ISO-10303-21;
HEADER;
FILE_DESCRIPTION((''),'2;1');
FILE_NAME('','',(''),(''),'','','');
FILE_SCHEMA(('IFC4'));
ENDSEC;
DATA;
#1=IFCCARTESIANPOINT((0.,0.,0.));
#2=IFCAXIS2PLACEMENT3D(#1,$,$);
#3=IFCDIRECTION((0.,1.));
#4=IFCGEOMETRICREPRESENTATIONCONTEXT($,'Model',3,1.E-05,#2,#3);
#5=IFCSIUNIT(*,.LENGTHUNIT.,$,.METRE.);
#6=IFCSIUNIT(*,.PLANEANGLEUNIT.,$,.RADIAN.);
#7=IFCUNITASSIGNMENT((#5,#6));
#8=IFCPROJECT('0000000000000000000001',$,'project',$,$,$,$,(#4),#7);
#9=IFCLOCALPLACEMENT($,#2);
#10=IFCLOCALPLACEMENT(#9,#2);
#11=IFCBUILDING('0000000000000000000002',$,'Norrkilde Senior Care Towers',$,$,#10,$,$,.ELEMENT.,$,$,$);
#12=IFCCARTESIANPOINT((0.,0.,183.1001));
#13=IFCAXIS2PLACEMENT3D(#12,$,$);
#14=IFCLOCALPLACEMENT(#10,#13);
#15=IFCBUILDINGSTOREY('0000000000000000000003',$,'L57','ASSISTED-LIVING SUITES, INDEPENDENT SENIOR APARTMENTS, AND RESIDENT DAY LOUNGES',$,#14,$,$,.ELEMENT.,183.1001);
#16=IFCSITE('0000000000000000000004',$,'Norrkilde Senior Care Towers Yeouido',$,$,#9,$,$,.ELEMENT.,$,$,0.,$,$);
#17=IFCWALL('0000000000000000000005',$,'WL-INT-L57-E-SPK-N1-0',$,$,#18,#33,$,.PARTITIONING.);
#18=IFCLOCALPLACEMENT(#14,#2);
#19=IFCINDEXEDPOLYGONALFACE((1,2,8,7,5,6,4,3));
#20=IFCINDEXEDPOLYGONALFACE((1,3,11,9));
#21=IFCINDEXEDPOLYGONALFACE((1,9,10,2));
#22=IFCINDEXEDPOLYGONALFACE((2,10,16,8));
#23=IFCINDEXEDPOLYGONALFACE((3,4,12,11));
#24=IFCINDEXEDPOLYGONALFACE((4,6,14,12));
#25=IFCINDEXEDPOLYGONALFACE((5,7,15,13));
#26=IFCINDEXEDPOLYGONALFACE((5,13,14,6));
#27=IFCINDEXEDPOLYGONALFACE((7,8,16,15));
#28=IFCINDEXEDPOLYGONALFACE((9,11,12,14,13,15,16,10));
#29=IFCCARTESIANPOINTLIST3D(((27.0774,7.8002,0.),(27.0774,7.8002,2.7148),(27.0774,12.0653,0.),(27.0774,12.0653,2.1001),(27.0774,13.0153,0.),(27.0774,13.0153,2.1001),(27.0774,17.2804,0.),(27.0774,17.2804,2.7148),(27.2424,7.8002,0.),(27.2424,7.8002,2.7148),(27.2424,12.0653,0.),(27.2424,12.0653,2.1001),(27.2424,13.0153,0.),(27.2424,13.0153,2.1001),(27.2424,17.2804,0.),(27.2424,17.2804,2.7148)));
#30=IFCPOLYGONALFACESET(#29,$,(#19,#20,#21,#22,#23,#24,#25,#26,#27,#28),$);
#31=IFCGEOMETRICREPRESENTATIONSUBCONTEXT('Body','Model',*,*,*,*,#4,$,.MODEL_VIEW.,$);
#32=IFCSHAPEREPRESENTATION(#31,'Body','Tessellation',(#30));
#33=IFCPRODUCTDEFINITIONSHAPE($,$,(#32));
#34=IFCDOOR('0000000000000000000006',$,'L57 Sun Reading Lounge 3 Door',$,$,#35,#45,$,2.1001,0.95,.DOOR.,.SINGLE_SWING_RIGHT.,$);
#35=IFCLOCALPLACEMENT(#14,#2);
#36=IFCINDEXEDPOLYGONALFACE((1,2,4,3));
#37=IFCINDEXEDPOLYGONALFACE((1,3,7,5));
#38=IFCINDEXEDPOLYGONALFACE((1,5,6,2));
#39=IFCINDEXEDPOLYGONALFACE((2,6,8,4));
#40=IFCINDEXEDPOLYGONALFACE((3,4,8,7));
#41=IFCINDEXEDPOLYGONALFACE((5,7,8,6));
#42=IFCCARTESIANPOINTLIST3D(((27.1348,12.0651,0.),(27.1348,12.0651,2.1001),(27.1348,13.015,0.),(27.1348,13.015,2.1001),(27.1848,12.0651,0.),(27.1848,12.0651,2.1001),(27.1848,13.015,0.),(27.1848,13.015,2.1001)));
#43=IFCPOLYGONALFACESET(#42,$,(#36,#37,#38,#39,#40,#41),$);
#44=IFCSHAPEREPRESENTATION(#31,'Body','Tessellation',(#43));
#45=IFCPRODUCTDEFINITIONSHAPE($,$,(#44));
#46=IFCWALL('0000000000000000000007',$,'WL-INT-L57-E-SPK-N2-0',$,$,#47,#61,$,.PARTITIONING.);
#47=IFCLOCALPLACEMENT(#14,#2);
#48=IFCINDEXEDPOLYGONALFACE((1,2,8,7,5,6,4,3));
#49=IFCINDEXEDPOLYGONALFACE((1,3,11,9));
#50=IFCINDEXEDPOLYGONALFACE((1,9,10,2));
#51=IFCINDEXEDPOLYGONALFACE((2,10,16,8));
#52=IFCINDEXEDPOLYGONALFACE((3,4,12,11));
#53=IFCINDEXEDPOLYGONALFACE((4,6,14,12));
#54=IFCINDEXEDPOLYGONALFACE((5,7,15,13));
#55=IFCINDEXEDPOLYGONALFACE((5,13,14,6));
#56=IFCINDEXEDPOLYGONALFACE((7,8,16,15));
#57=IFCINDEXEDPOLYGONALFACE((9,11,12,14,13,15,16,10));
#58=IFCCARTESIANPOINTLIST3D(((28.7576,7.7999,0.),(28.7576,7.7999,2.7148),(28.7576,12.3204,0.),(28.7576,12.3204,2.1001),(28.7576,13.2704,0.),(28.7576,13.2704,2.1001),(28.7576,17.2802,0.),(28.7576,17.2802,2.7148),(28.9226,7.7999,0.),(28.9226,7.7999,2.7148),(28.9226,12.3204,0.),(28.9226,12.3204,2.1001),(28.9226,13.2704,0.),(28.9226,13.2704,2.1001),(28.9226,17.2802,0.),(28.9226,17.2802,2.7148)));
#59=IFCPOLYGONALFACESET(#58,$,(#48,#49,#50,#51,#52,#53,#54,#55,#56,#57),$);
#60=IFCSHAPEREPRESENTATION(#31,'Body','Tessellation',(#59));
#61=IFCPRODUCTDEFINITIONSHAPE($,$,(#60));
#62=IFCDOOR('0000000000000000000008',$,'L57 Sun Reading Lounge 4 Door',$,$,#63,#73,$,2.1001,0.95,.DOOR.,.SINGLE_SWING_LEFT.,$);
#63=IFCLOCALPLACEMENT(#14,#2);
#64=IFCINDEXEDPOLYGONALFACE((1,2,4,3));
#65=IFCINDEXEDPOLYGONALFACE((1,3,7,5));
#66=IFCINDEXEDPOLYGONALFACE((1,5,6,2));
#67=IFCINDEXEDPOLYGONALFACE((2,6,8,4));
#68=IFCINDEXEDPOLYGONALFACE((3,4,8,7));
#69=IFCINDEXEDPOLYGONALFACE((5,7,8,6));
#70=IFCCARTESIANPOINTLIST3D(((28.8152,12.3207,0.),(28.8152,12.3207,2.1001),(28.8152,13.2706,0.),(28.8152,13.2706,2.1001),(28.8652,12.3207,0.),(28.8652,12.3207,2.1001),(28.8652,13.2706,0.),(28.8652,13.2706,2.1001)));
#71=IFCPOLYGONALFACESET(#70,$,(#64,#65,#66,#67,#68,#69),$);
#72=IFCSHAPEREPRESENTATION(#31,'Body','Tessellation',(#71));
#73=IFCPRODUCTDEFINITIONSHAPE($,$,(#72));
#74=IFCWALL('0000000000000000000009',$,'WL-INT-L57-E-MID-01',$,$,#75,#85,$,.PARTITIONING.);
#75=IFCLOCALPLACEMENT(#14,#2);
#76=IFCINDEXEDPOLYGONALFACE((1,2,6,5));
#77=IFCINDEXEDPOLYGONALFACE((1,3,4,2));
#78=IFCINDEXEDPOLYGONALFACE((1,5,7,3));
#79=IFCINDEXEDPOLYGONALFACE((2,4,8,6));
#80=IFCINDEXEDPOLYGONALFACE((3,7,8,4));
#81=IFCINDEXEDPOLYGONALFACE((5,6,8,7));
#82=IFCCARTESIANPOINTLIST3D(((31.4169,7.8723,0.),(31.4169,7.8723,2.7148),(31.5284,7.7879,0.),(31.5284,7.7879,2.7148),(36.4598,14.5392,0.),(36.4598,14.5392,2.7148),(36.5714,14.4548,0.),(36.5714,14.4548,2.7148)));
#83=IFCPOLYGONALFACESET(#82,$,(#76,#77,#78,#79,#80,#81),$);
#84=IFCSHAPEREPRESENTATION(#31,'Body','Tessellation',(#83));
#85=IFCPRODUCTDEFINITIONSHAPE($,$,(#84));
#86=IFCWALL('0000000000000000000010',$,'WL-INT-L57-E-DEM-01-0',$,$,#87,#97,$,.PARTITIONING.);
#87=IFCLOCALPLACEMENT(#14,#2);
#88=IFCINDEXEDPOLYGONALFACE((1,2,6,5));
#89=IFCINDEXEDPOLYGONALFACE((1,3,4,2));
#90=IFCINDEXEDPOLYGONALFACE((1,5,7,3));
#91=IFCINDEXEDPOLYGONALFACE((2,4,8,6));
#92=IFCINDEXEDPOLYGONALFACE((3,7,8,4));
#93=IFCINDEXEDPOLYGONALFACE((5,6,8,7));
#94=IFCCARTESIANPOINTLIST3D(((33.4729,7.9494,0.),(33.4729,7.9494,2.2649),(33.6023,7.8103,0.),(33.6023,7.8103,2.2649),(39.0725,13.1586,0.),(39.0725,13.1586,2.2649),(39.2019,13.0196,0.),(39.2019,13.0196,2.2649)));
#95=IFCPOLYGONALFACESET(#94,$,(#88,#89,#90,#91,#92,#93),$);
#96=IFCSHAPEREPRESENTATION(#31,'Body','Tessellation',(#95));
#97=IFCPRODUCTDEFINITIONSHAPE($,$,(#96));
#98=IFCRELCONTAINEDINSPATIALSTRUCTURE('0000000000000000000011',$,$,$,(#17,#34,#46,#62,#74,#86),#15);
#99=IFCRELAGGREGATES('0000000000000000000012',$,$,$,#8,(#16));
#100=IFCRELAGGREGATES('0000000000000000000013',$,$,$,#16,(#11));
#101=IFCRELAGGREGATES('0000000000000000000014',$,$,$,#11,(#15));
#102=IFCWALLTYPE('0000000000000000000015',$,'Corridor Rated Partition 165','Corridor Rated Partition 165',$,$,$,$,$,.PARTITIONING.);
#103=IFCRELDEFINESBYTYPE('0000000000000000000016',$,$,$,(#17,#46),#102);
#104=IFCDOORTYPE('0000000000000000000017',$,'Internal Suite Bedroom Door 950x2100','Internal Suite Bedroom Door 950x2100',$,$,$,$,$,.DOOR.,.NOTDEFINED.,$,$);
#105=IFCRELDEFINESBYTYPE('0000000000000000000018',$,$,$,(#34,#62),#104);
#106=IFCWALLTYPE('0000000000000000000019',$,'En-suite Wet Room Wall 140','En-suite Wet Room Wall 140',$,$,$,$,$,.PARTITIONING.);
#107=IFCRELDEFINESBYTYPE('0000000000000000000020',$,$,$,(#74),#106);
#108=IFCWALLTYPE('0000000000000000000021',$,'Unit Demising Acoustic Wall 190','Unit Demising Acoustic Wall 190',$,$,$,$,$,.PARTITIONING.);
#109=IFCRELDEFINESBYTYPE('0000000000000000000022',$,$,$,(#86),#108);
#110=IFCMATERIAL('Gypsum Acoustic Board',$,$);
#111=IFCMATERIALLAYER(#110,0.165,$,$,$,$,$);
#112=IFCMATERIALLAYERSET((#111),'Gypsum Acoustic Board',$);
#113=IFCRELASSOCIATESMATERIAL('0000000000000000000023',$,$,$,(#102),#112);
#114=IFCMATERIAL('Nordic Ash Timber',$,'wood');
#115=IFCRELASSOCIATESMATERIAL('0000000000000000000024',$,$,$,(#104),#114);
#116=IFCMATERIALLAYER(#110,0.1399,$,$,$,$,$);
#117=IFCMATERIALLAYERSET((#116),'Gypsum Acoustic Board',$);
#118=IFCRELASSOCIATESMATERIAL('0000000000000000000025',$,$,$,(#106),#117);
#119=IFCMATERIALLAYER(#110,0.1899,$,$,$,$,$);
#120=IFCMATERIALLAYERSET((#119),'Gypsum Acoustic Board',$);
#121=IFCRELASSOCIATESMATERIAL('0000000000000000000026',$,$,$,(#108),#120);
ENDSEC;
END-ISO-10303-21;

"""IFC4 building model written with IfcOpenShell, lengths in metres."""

from ifc_helpers import new_model, si_unit, direction, frame, frame_2d, origin, place, context, subcontext, project, spatial, rectangle, extrude, source, transform, mapped, material, layer, layer_set, type_object, type_shapes, element, fill, save


model = new_model("IFC4")

# Units and contexts
model_context = context("Model", 3, precision=1e-05, world=origin(), true_north=direction((0.0, 1.0)))
body_context = subcontext(model_context, "Body", "Model", "MODEL_VIEW")
ifc_project = project(units=[si_unit("LENGTHUNIT", "METRE"), si_unit("PLANEANGLEUNIT", "RADIAN")], contexts=[model_context])

# Site, building, storey
site_placement = place(None, origin())
site = spatial("IfcSite", under=ifc_project, at=site_placement, Name="Norrkilde Senior Care Towers Yeouido", CompositionType="ELEMENT", RefElevation=0.0)
building_placement = place(site_placement, origin())
building = spatial("IfcBuilding", under=site, at=building_placement, Name="Norrkilde Senior Care Towers", CompositionType="ELEMENT")
storey_placement = place(building_placement, frame((0.0, 0.0, 183.1001)))
storey = spatial("IfcBuildingStorey", under=building, at=storey_placement, Name="L57", Description="ASSISTED-LIVING SUITES, INDEPENDENT SENIOR APARTMENTS, AND RESIDENT DAY LOUNGES", CompositionType="ELEMENT", Elevation=183.1001)

# Shared definitions
ifc_material_1 = material(Name="Gypsum Acoustic Board")
ifc_layer_1 = layer(ifc_material_1, 0.165)
ifc_layer_set_1 = layer_set([ifc_layer_1], Name="Gypsum Acoustic Board")
wall_type_1 = type_object("IfcWallType", Name="Corridor Rated Partition 165", Description="Corridor Rated Partition 165", PredefinedType="PARTITIONING", material=ifc_layer_set_1)
ifc_material_2 = material(Name="Nordic Ash Timber", Category="wood")

# Walls, openings, doors
shared_shape_1 = source(origin(), body_context, "Body", "SweptSolid", [
    extrude(rectangle(XDim=9.4802, YDim=0.165, at=frame_2d((4.7402, 0.0))), origin(), (0.0, 0.0, 1.0), 2.7148),
])
wall_1_placement = place(storey_placement, frame((27.1599, 7.8, 0.0), z_axis=(0.0, 0.0, 1.0), x_axis=(0.0, 1.0, 0.0)))
wall_1 = element("IfcWall", 1, at=wall_1_placement, inside=storey, type_object=wall_type_1, Name="WL-INT-L57-E-SPK-N1-0", PredefinedType="PARTITIONING", context=body_context, shape_type="MappedRepresentation", body=[
    mapped(shared_shape_1, transform((0.0, 0.0, 0.0), x_axis=(1.0, 0.0, 0.0), y_axis=(0.0, 1.0, 0.0), z_axis=(0.0, 0.0, 1.0), scale=1.0)),
])
opening_1_placement = place(wall_1_placement, frame((4.2651, 0.0, 0.0)))
opening_1 = element("IfcOpeningElement", 2, at=opening_1_placement, cuts=wall_1, PredefinedType="OPENING", context=body_context, shape_type="SweptSolid", body=[
    extrude(rectangle(XDim=0.95, YDim=2.1001, at=frame_2d((0.4751, 1.05))), frame((0.0, 0.0925, 0.0), z_axis=(0.0, -1.0, 0.0), x_axis=(1.0, 0.0, 0.0)), (0.0, 0.0, 1.0), 0.1851),
])
door_type_1 = type_object("IfcDoorType", Name="Internal Suite Bedroom Door 950x2100", Description="Internal Suite Bedroom Door 950x2100", OperationType="NOTDEFINED", PredefinedType="DOOR", material=ifc_material_2)
shared_shape_2 = source(origin(), body_context, "Body", "SweptSolid", [
    extrude(rectangle(XDim=0.95, YDim=2.1001, at=frame_2d((0.4751, 1.05))), frame((0.0, 0.0249, 0.0), z_axis=(0.0, -1.0, 0.0), x_axis=(1.0, 0.0, 0.0)), (0.0, 0.0, 1.0), 0.05),
])
type_shapes(door_type_1, [shared_shape_2])
door_1_placement = place(opening_1_placement, frame((0.95, 0.0, 0.0), z_axis=(0.0, 0.0, 1.0), x_axis=(-1.0, 0.0, 0.0)))
door_1 = element("IfcDoor", 3, at=door_1_placement, inside=storey, type_object=door_type_1, Name="L57 Sun Reading Lounge 3 Door", OperationType="SINGLE_SWING_RIGHT", OverallHeight=2.1001, OverallWidth=0.95, PredefinedType="DOOR", context=body_context, shape_type="MappedRepresentation", body=[
    mapped(shared_shape_2, transform((0.0, 0.0, 0.0), x_axis=(1.0, 0.0, 0.0), y_axis=(0.0, 1.0, 0.0), z_axis=(0.0, 0.0, 1.0), scale=1.0)),
])
fill(opening_1, door_1)
wall_2_placement = place(storey_placement, frame((28.8401, 17.2803, 0.0), z_axis=(0.0, 0.0, 1.0), x_axis=(0.0, -1.0, 0.0)))
wall_2 = element("IfcWall", 4, at=wall_2_placement, inside=storey, type_object=wall_type_1, Name="WL-INT-L57-E-SPK-N2-0", PredefinedType="PARTITIONING", context=body_context, shape_type="MappedRepresentation", body=[
    mapped(shared_shape_1, transform((0.0, 0.0, 0.0), x_axis=(1.0, 0.0, 0.0), y_axis=(0.0, 1.0, 0.0), z_axis=(0.0, 0.0, 1.0), scale=1.0)),
])
opening_2_placement = place(wall_2_placement, frame((4.0098, 0.0, 0.0)))
opening_2 = element("IfcOpeningElement", 5, at=opening_2_placement, cuts=wall_2, PredefinedType="OPENING", context=body_context, shape_type="SweptSolid", body=[
    extrude(rectangle(XDim=0.95, YDim=2.1001, at=frame_2d((0.4751, 1.05))), frame((0.0, 0.0925, 0.0), z_axis=(0.0, -1.0, 0.0), x_axis=(1.0, 0.0, 0.0)), (0.0, 0.0, 1.0), 0.1851),
])
door_2_placement = place(opening_2_placement, frame((0.95, 0.0, 0.0), z_axis=(0.0, 0.0, 1.0), x_axis=(-1.0, 0.0, 0.0)))
door_2 = element("IfcDoor", 6, at=door_2_placement, inside=storey, type_object=door_type_1, Name="L57 Sun Reading Lounge 4 Door", OperationType="SINGLE_SWING_LEFT", OverallHeight=2.1001, OverallWidth=0.95, PredefinedType="DOOR", context=body_context, shape_type="MappedRepresentation", body=[
    mapped(shared_shape_2, transform((0.0, 0.0, 0.0), x_axis=(1.0, 0.0, 0.0), y_axis=(0.0, 1.0, 0.0), z_axis=(0.0, 0.0, 1.0), scale=1.0)),
])
fill(opening_2, door_2)

# Walls
ifc_layer_2 = layer(ifc_material_1, 0.1399)
ifc_layer_set_2 = layer_set([ifc_layer_2], Name="Gypsum Acoustic Board")
wall_type_2 = type_object("IfcWallType", Name="En-suite Wet Room Wall 140", Description="En-suite Wet Room Wall 140", PredefinedType="PARTITIONING", material=ifc_layer_set_2)
shared_shape_3 = source(origin(), body_context, "Body", "SweptSolid", [
    extrude(rectangle(XDim=8.3594, YDim=0.1399, at=frame_2d((4.1797, 0.0))), origin(), (0.0, 0.0, 1.0), 2.7148),
])
type_shapes(wall_type_2, [shared_shape_3])
wall_3_placement = place(storey_placement, frame((31.4727, 7.8301, 0.0), z_axis=(0.0, 0.0, 1.0), x_axis=(0.603266, 0.79754, 0.0)))
element("IfcWall", 7, at=wall_3_placement, inside=storey, type_object=wall_type_2, Name="WL-INT-L57-E-MID-01", PredefinedType="PARTITIONING", context=body_context, shape_type="MappedRepresentation", body=[
    mapped(shared_shape_3, transform((0.0, 0.0, 0.0), x_axis=(1.0, 0.0, 0.0), y_axis=(0.0, 1.0, 0.0), z_axis=(0.0, 0.0, 1.0), scale=1.0)),
])
ifc_layer_3 = layer(ifc_material_1, 0.1899)
ifc_layer_set_3 = layer_set([ifc_layer_3], Name="Gypsum Acoustic Board")
wall_type_3 = type_object("IfcWallType", Name="Unit Demising Acoustic Wall 190", Description="Unit Demising Acoustic Wall 190", PredefinedType="PARTITIONING", material=ifc_layer_set_3)
shared_shape_4 = source(origin(), body_context, "Body", "SweptSolid", [
    extrude(rectangle(XDim=7.6479, YDim=0.1899, at=frame_2d((3.824, 0.0))), origin(), (0.0, 0.0, 1.0), 2.2649),
])
type_shapes(wall_type_3, [shared_shape_4])
wall_4_placement = place(storey_placement, frame((33.5376, 7.8799, 0.0), z_axis=(0.0, 0.0, 1.0), x_axis=(0.732168, 0.681124, 0.0)))
element("IfcWall", 8, at=wall_4_placement, inside=storey, type_object=wall_type_3, Name="WL-INT-L57-E-DEM-01-0", PredefinedType="PARTITIONING", context=body_context, shape_type="MappedRepresentation", body=[
    mapped(shared_shape_4, transform((0.0, 0.0, 0.0), x_axis=(1.0, 0.0, 0.0), y_axis=(0.0, 1.0, 0.0), z_axis=(0.0, 0.0, 1.0), scale=1.0)),
])

save(model, "model.ifc")
